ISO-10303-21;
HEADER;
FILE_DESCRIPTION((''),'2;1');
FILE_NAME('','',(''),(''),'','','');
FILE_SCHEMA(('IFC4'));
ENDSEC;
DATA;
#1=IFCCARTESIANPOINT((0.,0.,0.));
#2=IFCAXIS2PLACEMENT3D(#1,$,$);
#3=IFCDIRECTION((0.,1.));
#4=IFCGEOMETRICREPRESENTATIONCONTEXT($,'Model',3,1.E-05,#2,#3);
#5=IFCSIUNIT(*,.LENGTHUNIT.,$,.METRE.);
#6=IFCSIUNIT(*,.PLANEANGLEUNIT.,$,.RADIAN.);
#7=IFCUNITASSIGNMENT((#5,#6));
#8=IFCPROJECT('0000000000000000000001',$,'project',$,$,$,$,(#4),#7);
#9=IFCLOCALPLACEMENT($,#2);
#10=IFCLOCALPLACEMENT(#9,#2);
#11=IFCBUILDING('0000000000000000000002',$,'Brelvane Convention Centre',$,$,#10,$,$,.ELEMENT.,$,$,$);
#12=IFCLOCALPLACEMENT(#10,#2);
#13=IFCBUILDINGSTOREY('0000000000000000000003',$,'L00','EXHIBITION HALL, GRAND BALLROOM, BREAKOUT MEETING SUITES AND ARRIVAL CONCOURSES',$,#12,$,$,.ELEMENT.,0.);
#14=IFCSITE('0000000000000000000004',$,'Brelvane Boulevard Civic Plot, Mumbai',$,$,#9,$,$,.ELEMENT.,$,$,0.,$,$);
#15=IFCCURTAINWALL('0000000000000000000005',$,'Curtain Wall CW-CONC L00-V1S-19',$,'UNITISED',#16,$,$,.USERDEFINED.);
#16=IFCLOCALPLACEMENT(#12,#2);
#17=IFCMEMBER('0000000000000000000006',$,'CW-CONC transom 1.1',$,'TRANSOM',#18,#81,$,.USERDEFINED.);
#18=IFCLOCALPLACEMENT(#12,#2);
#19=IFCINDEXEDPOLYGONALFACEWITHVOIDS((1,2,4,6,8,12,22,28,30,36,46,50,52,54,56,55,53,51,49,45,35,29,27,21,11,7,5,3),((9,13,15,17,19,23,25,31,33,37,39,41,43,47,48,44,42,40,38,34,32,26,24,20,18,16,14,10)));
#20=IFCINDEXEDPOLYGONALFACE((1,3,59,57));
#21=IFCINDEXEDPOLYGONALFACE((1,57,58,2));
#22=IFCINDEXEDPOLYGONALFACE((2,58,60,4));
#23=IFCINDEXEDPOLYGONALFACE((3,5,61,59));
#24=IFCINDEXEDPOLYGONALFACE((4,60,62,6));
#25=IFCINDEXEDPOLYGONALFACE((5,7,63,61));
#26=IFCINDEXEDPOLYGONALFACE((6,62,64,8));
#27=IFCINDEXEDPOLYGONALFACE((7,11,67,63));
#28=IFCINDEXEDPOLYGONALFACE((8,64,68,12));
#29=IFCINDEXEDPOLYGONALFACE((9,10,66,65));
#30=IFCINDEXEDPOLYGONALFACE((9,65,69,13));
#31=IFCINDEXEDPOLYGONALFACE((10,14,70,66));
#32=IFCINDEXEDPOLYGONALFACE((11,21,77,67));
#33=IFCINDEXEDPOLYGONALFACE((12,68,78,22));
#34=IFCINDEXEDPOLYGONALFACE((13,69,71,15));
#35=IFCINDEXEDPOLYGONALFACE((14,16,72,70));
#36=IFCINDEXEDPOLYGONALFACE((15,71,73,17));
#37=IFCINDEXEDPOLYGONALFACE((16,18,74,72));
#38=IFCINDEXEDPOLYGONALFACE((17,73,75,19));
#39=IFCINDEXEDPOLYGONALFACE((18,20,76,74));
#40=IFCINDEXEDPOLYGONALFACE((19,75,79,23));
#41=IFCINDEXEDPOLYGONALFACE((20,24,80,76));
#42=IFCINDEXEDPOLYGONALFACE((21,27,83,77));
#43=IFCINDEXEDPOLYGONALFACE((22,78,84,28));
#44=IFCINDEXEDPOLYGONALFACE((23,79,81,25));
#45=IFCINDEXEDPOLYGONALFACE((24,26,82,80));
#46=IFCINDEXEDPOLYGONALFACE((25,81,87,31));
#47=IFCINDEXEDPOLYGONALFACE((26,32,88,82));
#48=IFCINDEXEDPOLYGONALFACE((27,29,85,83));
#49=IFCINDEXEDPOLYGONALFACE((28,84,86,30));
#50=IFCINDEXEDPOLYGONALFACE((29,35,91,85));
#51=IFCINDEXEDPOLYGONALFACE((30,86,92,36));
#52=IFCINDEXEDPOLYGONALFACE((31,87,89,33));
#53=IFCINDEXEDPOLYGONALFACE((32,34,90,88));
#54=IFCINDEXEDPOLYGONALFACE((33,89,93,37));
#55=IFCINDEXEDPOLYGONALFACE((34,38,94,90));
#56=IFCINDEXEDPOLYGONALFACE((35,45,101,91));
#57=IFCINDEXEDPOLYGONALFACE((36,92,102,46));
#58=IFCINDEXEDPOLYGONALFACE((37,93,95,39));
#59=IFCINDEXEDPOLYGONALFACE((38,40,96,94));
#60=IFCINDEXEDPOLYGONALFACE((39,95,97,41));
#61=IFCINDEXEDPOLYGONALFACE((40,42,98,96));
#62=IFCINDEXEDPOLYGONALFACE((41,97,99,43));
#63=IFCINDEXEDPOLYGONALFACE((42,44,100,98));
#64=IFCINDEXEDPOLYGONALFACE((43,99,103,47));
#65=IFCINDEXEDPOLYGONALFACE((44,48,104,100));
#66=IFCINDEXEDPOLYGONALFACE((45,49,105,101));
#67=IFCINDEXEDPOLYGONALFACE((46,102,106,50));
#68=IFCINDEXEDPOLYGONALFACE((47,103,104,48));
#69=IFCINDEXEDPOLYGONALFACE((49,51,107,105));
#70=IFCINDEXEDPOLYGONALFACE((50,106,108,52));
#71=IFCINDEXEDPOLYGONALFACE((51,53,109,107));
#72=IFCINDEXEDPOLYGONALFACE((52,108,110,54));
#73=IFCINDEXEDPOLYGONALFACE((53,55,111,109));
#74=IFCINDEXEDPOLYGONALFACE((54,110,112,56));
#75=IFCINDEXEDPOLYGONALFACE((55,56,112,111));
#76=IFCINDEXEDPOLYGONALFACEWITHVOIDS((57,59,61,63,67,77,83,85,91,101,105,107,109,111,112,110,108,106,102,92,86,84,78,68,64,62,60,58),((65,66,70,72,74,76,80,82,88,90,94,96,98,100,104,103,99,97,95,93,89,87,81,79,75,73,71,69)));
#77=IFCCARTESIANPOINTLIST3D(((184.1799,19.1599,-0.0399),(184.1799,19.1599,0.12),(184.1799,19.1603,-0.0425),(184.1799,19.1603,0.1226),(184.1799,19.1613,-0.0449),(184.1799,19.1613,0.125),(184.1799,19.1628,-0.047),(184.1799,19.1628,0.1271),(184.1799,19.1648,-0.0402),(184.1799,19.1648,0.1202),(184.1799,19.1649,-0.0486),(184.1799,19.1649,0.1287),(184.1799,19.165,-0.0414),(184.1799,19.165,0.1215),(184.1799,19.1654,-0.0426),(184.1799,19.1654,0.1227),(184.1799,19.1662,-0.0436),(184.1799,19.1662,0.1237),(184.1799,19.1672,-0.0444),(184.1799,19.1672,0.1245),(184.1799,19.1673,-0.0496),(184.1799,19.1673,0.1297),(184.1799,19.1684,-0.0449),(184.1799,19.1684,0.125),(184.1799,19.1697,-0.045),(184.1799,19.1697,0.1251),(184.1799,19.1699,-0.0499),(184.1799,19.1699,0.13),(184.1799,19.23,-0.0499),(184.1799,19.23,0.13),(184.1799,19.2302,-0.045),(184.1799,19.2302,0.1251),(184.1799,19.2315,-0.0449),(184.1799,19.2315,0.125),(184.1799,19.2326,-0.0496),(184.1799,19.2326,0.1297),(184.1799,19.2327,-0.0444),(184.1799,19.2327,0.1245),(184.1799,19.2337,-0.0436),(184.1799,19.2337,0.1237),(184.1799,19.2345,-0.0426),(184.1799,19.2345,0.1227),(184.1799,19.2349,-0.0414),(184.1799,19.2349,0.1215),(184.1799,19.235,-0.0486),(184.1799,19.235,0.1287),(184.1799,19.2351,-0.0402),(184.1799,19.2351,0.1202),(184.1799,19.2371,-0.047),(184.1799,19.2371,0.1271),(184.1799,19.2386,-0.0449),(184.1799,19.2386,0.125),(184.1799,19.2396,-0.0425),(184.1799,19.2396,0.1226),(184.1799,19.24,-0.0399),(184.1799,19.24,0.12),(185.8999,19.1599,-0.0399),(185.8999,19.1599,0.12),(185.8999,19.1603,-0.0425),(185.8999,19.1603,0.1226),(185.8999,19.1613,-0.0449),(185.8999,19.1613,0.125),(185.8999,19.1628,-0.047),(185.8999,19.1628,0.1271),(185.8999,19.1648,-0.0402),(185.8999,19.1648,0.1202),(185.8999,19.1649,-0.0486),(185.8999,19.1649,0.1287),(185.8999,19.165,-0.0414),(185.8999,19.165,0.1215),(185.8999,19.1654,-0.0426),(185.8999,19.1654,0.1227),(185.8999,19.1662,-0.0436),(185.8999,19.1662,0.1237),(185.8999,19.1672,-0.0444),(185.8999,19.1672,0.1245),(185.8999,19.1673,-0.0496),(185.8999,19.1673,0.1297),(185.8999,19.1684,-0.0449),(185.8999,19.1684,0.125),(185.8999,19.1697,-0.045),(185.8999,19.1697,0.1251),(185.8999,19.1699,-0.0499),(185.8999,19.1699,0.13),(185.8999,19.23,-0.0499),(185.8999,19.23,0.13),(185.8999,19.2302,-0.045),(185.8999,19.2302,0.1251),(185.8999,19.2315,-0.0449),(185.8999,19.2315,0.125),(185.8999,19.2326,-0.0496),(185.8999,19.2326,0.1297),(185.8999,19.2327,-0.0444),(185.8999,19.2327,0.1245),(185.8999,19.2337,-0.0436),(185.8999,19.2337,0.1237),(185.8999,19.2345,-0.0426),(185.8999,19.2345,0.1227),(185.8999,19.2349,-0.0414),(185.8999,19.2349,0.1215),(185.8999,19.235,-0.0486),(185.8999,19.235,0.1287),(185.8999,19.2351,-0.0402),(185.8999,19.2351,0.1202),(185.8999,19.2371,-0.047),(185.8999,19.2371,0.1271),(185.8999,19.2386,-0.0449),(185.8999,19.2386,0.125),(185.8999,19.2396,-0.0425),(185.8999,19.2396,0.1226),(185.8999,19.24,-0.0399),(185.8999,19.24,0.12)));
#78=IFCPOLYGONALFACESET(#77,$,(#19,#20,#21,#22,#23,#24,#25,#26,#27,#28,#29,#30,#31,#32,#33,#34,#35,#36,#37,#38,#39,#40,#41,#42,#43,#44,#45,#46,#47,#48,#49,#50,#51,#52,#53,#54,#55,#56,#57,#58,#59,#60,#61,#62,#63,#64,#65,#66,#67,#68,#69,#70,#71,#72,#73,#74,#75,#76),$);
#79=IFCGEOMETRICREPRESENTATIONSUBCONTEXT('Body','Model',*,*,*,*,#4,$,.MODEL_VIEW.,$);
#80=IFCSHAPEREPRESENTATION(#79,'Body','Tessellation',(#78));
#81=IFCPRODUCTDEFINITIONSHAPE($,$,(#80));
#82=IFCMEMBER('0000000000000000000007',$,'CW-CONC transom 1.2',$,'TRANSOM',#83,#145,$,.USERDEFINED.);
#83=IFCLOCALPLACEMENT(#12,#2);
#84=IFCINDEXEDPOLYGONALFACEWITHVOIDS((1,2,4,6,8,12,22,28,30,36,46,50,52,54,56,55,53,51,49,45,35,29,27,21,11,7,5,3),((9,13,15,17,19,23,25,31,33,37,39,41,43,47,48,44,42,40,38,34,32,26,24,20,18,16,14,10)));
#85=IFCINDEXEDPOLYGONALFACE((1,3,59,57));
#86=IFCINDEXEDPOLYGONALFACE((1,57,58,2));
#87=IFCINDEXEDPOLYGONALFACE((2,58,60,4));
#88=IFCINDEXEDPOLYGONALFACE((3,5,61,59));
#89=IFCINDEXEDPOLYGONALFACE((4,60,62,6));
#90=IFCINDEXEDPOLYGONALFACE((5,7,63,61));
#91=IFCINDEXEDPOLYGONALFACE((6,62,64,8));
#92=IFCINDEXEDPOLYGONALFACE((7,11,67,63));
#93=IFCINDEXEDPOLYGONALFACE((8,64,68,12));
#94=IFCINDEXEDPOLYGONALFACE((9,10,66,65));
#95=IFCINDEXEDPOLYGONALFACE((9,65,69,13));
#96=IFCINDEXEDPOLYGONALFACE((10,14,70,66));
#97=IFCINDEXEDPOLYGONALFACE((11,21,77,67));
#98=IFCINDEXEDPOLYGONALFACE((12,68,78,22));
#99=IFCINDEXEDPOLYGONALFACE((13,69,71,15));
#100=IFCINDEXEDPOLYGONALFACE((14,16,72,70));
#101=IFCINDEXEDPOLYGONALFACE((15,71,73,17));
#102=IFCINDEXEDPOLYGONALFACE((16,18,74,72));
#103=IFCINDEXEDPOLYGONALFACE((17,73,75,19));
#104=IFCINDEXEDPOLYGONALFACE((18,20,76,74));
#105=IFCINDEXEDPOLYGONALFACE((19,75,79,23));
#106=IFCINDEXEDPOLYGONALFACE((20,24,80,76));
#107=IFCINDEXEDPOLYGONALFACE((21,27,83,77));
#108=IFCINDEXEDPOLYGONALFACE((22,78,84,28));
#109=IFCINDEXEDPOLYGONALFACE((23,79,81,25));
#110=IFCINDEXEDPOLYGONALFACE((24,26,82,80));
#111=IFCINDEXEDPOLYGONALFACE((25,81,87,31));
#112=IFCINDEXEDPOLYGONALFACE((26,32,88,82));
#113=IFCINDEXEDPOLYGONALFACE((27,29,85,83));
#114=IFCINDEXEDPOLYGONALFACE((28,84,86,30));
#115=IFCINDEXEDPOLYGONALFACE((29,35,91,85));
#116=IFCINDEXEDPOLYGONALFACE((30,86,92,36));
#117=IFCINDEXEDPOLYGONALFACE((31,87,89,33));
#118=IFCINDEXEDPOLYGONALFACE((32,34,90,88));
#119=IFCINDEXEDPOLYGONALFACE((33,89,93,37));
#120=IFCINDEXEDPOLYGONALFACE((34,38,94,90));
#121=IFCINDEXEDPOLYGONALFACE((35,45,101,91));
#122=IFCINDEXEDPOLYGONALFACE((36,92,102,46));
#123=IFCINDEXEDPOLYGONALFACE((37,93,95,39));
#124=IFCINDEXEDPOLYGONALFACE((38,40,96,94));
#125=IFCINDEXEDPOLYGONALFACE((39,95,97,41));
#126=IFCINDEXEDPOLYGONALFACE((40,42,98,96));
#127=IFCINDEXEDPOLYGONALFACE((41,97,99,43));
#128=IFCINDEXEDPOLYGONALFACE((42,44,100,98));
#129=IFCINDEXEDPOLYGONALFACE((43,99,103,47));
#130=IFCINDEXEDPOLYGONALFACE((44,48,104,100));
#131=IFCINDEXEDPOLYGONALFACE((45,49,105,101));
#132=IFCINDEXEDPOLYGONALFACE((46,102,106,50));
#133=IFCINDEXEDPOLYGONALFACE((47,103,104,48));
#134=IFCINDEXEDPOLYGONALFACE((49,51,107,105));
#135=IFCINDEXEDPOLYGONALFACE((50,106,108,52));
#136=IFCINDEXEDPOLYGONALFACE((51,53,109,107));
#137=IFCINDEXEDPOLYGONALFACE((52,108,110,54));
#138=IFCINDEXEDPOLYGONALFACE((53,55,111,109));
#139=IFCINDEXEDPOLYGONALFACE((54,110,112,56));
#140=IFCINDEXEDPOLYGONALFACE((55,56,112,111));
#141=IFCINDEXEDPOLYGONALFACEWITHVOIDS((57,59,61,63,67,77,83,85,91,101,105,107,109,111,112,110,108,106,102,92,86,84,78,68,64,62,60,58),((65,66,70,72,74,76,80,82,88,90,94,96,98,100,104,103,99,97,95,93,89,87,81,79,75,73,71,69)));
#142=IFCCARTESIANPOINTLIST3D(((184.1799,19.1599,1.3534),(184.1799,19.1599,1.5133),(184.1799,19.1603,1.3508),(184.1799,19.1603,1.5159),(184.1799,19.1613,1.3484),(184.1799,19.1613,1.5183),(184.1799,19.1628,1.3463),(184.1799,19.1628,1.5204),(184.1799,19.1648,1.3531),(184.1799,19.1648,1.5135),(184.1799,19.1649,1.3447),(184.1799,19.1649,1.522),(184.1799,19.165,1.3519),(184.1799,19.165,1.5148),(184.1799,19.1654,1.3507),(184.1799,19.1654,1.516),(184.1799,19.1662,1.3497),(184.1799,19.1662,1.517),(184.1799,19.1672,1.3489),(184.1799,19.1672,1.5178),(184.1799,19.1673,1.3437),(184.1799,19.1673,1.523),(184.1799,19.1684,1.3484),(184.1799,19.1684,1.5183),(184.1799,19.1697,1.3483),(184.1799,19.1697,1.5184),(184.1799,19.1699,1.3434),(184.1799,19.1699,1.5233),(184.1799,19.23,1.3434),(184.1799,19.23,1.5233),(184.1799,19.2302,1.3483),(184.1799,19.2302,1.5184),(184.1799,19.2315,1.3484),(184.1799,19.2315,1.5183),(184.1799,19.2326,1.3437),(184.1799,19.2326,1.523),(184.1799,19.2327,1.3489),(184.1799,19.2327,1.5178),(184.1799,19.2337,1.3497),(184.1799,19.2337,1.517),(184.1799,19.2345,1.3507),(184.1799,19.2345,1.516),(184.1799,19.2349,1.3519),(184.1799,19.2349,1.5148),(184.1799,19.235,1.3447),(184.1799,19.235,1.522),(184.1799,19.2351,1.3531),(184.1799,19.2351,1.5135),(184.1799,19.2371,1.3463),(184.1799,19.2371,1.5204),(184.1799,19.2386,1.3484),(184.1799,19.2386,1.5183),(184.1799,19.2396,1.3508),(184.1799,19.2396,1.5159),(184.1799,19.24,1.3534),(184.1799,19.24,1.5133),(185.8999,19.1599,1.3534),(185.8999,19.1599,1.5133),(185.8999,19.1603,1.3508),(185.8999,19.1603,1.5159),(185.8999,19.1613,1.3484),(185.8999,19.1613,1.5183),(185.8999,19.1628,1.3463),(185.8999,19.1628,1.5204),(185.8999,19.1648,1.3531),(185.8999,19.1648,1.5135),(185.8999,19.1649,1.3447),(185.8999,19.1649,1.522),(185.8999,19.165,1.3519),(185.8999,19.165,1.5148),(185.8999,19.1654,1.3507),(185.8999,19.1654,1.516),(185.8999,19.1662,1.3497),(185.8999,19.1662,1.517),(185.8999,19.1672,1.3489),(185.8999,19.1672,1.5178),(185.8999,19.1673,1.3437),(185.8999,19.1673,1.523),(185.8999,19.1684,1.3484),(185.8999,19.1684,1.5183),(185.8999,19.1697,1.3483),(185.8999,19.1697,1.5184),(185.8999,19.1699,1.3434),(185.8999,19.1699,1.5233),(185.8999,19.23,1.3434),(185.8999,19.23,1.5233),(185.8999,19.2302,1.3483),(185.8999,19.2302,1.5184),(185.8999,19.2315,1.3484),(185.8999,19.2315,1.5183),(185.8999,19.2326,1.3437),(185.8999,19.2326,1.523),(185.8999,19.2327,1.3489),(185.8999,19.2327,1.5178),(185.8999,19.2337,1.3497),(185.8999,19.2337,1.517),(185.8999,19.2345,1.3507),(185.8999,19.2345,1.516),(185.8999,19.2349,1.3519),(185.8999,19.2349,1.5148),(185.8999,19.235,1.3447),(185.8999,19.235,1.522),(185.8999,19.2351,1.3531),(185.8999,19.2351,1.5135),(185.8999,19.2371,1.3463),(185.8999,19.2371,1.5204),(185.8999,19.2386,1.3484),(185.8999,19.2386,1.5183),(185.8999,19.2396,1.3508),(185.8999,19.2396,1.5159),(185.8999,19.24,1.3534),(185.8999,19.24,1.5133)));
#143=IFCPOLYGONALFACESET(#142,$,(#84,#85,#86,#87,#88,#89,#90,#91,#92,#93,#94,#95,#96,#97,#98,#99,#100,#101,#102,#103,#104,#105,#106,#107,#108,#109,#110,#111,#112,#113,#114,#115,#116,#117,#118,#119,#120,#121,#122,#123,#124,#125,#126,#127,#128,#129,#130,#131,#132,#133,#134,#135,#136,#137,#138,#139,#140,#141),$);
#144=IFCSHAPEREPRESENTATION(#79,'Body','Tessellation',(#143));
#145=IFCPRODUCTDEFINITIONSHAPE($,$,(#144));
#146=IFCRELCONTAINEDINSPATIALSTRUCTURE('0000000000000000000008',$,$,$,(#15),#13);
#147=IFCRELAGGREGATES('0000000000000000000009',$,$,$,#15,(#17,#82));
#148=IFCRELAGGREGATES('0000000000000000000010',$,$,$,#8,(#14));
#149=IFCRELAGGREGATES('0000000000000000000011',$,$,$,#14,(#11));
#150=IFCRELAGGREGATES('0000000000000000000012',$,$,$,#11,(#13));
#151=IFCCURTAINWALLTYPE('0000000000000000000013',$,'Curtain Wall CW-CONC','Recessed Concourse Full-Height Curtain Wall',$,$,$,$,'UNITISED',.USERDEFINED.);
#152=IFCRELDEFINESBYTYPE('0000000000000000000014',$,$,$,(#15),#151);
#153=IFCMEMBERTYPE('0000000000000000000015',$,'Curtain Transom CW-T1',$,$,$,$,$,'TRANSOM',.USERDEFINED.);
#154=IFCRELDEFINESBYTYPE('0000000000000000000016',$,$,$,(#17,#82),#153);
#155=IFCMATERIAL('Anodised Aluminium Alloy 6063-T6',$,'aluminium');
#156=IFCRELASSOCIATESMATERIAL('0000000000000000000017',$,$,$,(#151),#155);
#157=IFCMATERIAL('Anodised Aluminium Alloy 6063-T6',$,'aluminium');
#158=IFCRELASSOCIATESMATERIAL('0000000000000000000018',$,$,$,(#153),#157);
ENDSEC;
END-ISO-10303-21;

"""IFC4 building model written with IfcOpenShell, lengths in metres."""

from ifc_helpers import new_model, si_unit, direction, frame, origin, origin_2d, place, context, subcontext, project, spatial, hollow_rectangle, extrude, material, material_profile, profile_set, type_object, element, aggregate, save


model = new_model("IFC4")

# Units and contexts
model_context = context("Model", 3, precision=1e-05, world=origin(), true_north=direction((0.0, 1.0)))
body_context = subcontext(model_context, "Body", "Model", "MODEL_VIEW")
ifc_project = project(units=[si_unit("LENGTHUNIT", "METRE"), si_unit("PLANEANGLEUNIT", "RADIAN")], contexts=[model_context])

# Site, building, storey
site_placement = place(None, origin())
site = spatial("IfcSite", under=ifc_project, at=site_placement, Name="Brelvane Boulevard Civic Plot, Mumbai", CompositionType="ELEMENT", RefElevation=0.0)
building_placement = place(site_placement, origin())
building = spatial("IfcBuilding", under=site, at=building_placement, Name="Brelvane Convention Centre", CompositionType="ELEMENT")
storey_placement = place(building_placement, origin())
storey = spatial("IfcBuildingStorey", under=building, at=storey_placement, Name="L00", Description="EXHIBITION HALL, GRAND BALLROOM, BREAKOUT MEETING SUITES AND ARRIVAL CONCOURSES", CompositionType="ELEMENT", Elevation=0.0)

# Curtain wall, members
ifc_material_1 = material(Name="Anodised Aluminium Alloy 6063-T6", Category="aluminium")
curtain_wall_type = type_object("IfcCurtainWallType", Name="Curtain Wall CW-CONC", Description="Recessed Concourse Full-Height Curtain Wall", ElementType="UNITISED", PredefinedType="USERDEFINED", material=ifc_material_1)
curtain_wall_placement = place(storey_placement, origin())
curtain_wall = element("IfcCurtainWall", 1, at=curtain_wall_placement, inside=storey, type_object=curtain_wall_type, Name="Curtain Wall CW-CONC L00-V1S-19", ObjectType="UNITISED", PredefinedType="USERDEFINED")
ifc_material_2 = material(Name="Anodised Aluminium Alloy 6063-T6", Category="aluminium")
ifc_material_profile_1 = material_profile(ifc_material_2, hollow_rectangle(XDim=0.0801, YDim=0.1799, WallThickness=0.0049, InnerFilletRadius=0.0049, OuterFilletRadius=0.01, at=origin_2d()), Name="ALU-T 180x80x5.0")
ifc_profile_set_1 = profile_set([ifc_material_profile_1], Name="Anodised Aluminium Alloy 6063-T6")
member_type_1 = type_object("IfcMemberType", Name="Curtain Transom CW-T1", ElementType="TRANSOM", PredefinedType="USERDEFINED", material=ifc_profile_set_1)
member_1_placement = place(storey_placement, frame((184.1799, 19.2, 0.04), z_axis=(1.0, 0.0, 0.0), x_axis=(0.0, 1.0, 0.0)))
member_1 = element("IfcMember", 2, at=member_1_placement, type_object=member_type_1, Name="CW-CONC transom 1.1", ObjectType="TRANSOM", PredefinedType="USERDEFINED", context=body_context, shape_type="SweptSolid", body=[
    extrude(hollow_rectangle(XDim=0.0801, YDim=0.1799, WallThickness=0.0049, InnerFilletRadius=0.0049, OuterFilletRadius=0.01, at=origin_2d()), origin(), (0.0, 0.0, 1.0), 1.72),
])
member_2_placement = place(storey_placement, frame((184.1799, 19.2, 1.4333), z_axis=(1.0, 0.0, 0.0), x_axis=(0.0, 1.0, 0.0)))
member_2 = element("IfcMember", 3, at=member_2_placement, type_object=member_type_1, Name="CW-CONC transom 1.2", ObjectType="TRANSOM", PredefinedType="USERDEFINED", context=body_context, shape_type="SweptSolid", body=[
    extrude(hollow_rectangle(XDim=0.0801, YDim=0.1799, WallThickness=0.0049, InnerFilletRadius=0.0049, OuterFilletRadius=0.01, at=origin_2d()), origin(), (0.0, 0.0, 1.0), 1.72),
])

aggregate(curtain_wall, [member_1, member_2])

save(model, "model.ifc")
